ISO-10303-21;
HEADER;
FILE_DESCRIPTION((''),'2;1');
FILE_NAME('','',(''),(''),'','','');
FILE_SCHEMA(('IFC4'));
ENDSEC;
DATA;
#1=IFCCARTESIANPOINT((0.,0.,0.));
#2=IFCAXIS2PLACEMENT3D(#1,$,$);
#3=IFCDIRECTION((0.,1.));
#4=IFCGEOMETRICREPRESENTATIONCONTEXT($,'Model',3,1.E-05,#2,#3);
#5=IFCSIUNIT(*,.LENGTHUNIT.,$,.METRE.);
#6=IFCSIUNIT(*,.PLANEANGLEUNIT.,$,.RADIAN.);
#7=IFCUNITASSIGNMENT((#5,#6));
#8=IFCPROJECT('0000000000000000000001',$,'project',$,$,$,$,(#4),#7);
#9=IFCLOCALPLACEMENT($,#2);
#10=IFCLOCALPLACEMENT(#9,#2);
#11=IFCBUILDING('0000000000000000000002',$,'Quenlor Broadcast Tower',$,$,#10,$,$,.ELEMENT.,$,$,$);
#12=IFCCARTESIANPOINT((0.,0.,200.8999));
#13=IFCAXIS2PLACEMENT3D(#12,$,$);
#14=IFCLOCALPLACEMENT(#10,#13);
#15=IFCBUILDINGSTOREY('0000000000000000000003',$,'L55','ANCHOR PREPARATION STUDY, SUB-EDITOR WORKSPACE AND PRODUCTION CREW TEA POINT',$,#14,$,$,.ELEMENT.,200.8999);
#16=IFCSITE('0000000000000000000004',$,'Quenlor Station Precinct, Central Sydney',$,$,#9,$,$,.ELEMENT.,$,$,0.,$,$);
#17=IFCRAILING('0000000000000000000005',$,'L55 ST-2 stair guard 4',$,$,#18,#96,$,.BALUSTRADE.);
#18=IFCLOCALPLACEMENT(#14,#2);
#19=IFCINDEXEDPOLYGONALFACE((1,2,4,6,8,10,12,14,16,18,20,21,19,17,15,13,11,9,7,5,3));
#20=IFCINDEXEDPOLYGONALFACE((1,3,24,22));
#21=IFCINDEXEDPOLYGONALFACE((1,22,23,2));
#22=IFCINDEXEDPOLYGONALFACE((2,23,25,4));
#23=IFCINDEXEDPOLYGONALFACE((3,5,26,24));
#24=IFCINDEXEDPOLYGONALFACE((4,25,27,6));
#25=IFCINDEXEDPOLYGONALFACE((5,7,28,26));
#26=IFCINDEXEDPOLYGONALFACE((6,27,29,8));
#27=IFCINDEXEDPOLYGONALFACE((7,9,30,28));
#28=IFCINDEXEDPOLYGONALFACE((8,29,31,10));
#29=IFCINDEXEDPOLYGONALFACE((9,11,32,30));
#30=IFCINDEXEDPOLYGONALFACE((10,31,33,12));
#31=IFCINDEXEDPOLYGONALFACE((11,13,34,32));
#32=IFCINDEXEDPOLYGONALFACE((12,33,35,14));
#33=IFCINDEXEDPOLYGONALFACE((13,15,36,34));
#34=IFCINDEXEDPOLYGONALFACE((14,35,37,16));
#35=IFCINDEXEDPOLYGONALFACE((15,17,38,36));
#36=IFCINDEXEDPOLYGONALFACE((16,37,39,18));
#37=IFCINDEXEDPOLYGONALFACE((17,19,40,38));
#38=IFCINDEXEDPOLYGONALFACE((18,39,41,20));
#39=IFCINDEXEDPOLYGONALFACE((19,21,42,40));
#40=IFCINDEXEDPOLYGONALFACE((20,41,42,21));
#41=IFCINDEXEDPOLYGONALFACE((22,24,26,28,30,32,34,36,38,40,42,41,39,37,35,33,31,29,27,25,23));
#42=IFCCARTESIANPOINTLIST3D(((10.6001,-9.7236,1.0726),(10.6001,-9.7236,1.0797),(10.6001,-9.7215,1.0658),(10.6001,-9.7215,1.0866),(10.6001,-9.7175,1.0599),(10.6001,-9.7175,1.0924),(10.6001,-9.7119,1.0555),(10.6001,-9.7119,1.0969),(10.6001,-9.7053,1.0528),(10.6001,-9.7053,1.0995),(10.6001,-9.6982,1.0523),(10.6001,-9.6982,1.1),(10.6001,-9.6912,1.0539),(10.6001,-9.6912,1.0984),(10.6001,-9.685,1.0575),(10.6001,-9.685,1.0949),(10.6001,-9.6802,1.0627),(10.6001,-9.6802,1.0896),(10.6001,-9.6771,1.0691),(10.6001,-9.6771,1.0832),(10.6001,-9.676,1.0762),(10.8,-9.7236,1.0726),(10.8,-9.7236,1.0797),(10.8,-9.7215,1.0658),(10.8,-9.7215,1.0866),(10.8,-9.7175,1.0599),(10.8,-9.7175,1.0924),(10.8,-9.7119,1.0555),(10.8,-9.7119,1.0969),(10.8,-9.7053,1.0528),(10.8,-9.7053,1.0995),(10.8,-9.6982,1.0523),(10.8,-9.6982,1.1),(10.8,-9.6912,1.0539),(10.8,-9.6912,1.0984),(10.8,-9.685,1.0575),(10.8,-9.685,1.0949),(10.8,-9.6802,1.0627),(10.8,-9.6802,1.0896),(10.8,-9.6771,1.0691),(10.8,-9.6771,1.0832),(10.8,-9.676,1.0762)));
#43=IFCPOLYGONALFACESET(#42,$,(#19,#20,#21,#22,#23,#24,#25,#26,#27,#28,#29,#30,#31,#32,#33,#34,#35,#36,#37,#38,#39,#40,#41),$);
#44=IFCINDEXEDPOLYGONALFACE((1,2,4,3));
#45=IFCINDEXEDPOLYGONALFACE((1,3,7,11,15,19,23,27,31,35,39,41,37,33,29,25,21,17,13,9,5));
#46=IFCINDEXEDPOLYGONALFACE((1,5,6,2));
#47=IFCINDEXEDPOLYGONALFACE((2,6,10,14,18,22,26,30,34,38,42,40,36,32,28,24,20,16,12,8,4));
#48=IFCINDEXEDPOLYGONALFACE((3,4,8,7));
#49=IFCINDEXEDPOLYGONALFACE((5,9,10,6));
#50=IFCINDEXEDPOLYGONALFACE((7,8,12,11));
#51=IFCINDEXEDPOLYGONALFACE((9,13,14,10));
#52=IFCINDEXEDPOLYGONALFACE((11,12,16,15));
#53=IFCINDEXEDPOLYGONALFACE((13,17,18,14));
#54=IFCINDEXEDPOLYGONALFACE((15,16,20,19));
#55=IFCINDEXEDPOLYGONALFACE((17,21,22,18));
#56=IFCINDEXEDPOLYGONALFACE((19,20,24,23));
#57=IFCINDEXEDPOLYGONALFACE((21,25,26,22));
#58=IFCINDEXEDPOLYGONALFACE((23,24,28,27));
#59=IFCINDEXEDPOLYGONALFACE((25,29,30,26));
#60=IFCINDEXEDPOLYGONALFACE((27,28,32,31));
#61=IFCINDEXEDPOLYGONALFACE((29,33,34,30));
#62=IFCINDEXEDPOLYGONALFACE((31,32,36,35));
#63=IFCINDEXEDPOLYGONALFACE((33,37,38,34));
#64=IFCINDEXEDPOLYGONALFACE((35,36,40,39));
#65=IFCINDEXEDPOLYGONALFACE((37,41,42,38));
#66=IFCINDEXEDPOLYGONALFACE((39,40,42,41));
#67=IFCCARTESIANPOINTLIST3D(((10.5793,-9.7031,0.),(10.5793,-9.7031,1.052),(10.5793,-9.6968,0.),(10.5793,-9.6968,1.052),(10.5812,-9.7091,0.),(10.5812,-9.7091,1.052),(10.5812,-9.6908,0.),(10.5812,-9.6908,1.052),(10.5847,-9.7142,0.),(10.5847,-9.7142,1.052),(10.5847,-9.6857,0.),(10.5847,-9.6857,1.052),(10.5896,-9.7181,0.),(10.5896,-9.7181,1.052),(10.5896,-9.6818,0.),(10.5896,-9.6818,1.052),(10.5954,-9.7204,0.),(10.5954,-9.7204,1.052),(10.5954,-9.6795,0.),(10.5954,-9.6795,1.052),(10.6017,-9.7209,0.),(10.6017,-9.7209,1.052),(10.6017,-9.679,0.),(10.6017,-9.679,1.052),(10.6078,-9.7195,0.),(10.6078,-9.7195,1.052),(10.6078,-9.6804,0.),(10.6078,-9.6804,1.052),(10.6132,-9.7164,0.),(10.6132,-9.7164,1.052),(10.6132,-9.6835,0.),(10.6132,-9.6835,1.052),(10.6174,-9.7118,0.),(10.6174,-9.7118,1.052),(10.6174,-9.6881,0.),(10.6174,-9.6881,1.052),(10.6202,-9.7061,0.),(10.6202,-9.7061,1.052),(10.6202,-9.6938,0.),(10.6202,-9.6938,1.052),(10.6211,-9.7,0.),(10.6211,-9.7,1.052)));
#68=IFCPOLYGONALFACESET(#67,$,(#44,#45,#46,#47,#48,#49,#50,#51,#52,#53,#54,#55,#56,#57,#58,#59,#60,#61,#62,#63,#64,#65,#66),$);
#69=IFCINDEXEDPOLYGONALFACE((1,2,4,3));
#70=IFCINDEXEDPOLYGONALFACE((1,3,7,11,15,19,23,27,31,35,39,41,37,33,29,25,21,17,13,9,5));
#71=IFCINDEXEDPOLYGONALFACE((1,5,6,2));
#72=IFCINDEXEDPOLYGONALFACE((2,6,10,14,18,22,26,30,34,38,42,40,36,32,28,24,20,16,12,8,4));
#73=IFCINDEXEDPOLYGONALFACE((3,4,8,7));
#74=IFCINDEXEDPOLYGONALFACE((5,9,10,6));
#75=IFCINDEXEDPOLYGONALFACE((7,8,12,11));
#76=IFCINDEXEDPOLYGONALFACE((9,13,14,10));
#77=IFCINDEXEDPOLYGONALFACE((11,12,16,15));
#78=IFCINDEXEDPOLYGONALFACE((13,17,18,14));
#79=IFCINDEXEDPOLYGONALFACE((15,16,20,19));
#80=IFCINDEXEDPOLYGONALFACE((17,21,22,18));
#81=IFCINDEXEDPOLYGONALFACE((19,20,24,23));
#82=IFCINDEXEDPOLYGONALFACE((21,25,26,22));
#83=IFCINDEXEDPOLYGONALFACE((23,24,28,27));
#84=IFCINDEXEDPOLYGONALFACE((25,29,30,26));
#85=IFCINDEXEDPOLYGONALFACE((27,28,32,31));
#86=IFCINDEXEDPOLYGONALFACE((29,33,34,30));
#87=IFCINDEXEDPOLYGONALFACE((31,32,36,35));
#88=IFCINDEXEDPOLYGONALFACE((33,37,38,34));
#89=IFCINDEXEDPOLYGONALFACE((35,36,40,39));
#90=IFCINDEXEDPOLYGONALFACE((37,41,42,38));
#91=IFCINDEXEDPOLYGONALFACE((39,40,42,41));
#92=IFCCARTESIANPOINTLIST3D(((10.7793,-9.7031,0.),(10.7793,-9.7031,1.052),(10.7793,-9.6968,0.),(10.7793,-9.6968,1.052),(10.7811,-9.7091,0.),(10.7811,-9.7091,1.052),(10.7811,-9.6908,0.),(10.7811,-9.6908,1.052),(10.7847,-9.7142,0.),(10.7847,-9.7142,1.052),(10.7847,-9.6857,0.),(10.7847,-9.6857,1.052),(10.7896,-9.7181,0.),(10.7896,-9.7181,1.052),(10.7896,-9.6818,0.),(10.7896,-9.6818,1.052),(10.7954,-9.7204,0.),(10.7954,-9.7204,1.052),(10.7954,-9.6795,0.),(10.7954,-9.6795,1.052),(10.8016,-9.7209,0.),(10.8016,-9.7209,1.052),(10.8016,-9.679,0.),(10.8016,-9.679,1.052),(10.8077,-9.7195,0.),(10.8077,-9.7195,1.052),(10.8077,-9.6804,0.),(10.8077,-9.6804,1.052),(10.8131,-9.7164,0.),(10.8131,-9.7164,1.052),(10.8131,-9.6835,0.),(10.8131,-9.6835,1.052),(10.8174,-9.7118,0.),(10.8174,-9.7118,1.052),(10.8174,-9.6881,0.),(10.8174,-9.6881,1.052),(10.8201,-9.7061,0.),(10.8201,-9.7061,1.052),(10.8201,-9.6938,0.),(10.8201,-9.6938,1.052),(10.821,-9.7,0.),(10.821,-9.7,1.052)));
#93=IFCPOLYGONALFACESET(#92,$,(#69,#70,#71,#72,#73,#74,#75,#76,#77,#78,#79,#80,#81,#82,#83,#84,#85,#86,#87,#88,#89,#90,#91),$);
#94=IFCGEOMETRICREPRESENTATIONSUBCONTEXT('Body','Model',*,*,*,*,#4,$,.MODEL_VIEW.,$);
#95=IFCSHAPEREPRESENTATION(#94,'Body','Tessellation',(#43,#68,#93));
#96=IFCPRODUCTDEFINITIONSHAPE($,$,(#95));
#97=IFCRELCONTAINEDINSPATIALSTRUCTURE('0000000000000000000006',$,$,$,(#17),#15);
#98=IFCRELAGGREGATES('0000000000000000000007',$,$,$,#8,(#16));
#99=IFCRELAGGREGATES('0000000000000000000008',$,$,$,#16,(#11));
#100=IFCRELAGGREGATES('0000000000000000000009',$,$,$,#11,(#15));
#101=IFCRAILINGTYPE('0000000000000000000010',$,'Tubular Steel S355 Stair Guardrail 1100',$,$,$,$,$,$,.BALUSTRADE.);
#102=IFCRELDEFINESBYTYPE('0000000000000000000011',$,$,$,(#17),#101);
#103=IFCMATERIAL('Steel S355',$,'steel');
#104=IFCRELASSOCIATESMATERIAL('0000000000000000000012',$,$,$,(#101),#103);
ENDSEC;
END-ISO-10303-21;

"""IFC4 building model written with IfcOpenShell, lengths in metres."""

from ifc_helpers import new_model, si_unit, direction, frame, origin, origin_2d, place, context, subcontext, project, spatial, circle, extrude, material, type_object, element, save


model = new_model("IFC4")

# Units and contexts
model_context = context("Model", 3, precision=1e-05, world=origin(), true_north=direction((0.0, 1.0)))
body_context = subcontext(model_context, "Body", "Model", "MODEL_VIEW")
ifc_project = project(units=[si_unit("LENGTHUNIT", "METRE"), si_unit("PLANEANGLEUNIT", "RADIAN")], contexts=[model_context])

# Site, building, storey
site_placement = place(None, origin())
site = spatial("IfcSite", under=ifc_project, at=site_placement, Name="Quenlor Station Precinct, Central Sydney", CompositionType="ELEMENT", RefElevation=0.0)
building_placement = place(site_placement, origin())
building = spatial("IfcBuilding", under=site, at=building_placement, Name="Quenlor Broadcast Tower", CompositionType="ELEMENT")
storey_placement = place(building_placement, frame((0.0, 0.0, 200.8999)))
storey = spatial("IfcBuildingStorey", under=building, at=storey_placement, Name="L55", Description="ANCHOR PREPARATION STUDY, SUB-EDITOR WORKSPACE AND PRODUCTION CREW TEA POINT", CompositionType="ELEMENT", Elevation=200.8999)

# Railing
ifc_material_1 = material(Name="Steel S355", Category="steel")
railing_type_1 = type_object("IfcRailingType", Name="Tubular Steel S355 Stair Guardrail 1100", PredefinedType="BALUSTRADE", material=ifc_material_1)
railing_1_placement = place(storey_placement, frame((10.6001, -9.7, 0.0)))
element("IfcRailing", 1, at=railing_1_placement, inside=storey, type_object=railing_type_1, Name="L55 ST-2 stair guard 4", PredefinedType="BALUSTRADE", context=body_context, shape_type="SweptSolid", body=[
    extrude(circle(Radius=0.0239, at=origin_2d()), frame((0.0, 0.0, 1.0762), z_axis=(1.0, 0.0, 0.0), x_axis=(0.0, 1.0, 0.0)), (0.0, 0.0, 1.0), 0.2),
    extrude(circle(Radius=0.021, at=origin_2d()), origin(), (0.0, 0.0, 1.0), 1.052),
    extrude(circle(Radius=0.021, at=origin_2d()), frame((0.2, 0.0, 0.0)), (0.0, 0.0, 1.0), 1.052),
])

save(model, "model.ifc")
